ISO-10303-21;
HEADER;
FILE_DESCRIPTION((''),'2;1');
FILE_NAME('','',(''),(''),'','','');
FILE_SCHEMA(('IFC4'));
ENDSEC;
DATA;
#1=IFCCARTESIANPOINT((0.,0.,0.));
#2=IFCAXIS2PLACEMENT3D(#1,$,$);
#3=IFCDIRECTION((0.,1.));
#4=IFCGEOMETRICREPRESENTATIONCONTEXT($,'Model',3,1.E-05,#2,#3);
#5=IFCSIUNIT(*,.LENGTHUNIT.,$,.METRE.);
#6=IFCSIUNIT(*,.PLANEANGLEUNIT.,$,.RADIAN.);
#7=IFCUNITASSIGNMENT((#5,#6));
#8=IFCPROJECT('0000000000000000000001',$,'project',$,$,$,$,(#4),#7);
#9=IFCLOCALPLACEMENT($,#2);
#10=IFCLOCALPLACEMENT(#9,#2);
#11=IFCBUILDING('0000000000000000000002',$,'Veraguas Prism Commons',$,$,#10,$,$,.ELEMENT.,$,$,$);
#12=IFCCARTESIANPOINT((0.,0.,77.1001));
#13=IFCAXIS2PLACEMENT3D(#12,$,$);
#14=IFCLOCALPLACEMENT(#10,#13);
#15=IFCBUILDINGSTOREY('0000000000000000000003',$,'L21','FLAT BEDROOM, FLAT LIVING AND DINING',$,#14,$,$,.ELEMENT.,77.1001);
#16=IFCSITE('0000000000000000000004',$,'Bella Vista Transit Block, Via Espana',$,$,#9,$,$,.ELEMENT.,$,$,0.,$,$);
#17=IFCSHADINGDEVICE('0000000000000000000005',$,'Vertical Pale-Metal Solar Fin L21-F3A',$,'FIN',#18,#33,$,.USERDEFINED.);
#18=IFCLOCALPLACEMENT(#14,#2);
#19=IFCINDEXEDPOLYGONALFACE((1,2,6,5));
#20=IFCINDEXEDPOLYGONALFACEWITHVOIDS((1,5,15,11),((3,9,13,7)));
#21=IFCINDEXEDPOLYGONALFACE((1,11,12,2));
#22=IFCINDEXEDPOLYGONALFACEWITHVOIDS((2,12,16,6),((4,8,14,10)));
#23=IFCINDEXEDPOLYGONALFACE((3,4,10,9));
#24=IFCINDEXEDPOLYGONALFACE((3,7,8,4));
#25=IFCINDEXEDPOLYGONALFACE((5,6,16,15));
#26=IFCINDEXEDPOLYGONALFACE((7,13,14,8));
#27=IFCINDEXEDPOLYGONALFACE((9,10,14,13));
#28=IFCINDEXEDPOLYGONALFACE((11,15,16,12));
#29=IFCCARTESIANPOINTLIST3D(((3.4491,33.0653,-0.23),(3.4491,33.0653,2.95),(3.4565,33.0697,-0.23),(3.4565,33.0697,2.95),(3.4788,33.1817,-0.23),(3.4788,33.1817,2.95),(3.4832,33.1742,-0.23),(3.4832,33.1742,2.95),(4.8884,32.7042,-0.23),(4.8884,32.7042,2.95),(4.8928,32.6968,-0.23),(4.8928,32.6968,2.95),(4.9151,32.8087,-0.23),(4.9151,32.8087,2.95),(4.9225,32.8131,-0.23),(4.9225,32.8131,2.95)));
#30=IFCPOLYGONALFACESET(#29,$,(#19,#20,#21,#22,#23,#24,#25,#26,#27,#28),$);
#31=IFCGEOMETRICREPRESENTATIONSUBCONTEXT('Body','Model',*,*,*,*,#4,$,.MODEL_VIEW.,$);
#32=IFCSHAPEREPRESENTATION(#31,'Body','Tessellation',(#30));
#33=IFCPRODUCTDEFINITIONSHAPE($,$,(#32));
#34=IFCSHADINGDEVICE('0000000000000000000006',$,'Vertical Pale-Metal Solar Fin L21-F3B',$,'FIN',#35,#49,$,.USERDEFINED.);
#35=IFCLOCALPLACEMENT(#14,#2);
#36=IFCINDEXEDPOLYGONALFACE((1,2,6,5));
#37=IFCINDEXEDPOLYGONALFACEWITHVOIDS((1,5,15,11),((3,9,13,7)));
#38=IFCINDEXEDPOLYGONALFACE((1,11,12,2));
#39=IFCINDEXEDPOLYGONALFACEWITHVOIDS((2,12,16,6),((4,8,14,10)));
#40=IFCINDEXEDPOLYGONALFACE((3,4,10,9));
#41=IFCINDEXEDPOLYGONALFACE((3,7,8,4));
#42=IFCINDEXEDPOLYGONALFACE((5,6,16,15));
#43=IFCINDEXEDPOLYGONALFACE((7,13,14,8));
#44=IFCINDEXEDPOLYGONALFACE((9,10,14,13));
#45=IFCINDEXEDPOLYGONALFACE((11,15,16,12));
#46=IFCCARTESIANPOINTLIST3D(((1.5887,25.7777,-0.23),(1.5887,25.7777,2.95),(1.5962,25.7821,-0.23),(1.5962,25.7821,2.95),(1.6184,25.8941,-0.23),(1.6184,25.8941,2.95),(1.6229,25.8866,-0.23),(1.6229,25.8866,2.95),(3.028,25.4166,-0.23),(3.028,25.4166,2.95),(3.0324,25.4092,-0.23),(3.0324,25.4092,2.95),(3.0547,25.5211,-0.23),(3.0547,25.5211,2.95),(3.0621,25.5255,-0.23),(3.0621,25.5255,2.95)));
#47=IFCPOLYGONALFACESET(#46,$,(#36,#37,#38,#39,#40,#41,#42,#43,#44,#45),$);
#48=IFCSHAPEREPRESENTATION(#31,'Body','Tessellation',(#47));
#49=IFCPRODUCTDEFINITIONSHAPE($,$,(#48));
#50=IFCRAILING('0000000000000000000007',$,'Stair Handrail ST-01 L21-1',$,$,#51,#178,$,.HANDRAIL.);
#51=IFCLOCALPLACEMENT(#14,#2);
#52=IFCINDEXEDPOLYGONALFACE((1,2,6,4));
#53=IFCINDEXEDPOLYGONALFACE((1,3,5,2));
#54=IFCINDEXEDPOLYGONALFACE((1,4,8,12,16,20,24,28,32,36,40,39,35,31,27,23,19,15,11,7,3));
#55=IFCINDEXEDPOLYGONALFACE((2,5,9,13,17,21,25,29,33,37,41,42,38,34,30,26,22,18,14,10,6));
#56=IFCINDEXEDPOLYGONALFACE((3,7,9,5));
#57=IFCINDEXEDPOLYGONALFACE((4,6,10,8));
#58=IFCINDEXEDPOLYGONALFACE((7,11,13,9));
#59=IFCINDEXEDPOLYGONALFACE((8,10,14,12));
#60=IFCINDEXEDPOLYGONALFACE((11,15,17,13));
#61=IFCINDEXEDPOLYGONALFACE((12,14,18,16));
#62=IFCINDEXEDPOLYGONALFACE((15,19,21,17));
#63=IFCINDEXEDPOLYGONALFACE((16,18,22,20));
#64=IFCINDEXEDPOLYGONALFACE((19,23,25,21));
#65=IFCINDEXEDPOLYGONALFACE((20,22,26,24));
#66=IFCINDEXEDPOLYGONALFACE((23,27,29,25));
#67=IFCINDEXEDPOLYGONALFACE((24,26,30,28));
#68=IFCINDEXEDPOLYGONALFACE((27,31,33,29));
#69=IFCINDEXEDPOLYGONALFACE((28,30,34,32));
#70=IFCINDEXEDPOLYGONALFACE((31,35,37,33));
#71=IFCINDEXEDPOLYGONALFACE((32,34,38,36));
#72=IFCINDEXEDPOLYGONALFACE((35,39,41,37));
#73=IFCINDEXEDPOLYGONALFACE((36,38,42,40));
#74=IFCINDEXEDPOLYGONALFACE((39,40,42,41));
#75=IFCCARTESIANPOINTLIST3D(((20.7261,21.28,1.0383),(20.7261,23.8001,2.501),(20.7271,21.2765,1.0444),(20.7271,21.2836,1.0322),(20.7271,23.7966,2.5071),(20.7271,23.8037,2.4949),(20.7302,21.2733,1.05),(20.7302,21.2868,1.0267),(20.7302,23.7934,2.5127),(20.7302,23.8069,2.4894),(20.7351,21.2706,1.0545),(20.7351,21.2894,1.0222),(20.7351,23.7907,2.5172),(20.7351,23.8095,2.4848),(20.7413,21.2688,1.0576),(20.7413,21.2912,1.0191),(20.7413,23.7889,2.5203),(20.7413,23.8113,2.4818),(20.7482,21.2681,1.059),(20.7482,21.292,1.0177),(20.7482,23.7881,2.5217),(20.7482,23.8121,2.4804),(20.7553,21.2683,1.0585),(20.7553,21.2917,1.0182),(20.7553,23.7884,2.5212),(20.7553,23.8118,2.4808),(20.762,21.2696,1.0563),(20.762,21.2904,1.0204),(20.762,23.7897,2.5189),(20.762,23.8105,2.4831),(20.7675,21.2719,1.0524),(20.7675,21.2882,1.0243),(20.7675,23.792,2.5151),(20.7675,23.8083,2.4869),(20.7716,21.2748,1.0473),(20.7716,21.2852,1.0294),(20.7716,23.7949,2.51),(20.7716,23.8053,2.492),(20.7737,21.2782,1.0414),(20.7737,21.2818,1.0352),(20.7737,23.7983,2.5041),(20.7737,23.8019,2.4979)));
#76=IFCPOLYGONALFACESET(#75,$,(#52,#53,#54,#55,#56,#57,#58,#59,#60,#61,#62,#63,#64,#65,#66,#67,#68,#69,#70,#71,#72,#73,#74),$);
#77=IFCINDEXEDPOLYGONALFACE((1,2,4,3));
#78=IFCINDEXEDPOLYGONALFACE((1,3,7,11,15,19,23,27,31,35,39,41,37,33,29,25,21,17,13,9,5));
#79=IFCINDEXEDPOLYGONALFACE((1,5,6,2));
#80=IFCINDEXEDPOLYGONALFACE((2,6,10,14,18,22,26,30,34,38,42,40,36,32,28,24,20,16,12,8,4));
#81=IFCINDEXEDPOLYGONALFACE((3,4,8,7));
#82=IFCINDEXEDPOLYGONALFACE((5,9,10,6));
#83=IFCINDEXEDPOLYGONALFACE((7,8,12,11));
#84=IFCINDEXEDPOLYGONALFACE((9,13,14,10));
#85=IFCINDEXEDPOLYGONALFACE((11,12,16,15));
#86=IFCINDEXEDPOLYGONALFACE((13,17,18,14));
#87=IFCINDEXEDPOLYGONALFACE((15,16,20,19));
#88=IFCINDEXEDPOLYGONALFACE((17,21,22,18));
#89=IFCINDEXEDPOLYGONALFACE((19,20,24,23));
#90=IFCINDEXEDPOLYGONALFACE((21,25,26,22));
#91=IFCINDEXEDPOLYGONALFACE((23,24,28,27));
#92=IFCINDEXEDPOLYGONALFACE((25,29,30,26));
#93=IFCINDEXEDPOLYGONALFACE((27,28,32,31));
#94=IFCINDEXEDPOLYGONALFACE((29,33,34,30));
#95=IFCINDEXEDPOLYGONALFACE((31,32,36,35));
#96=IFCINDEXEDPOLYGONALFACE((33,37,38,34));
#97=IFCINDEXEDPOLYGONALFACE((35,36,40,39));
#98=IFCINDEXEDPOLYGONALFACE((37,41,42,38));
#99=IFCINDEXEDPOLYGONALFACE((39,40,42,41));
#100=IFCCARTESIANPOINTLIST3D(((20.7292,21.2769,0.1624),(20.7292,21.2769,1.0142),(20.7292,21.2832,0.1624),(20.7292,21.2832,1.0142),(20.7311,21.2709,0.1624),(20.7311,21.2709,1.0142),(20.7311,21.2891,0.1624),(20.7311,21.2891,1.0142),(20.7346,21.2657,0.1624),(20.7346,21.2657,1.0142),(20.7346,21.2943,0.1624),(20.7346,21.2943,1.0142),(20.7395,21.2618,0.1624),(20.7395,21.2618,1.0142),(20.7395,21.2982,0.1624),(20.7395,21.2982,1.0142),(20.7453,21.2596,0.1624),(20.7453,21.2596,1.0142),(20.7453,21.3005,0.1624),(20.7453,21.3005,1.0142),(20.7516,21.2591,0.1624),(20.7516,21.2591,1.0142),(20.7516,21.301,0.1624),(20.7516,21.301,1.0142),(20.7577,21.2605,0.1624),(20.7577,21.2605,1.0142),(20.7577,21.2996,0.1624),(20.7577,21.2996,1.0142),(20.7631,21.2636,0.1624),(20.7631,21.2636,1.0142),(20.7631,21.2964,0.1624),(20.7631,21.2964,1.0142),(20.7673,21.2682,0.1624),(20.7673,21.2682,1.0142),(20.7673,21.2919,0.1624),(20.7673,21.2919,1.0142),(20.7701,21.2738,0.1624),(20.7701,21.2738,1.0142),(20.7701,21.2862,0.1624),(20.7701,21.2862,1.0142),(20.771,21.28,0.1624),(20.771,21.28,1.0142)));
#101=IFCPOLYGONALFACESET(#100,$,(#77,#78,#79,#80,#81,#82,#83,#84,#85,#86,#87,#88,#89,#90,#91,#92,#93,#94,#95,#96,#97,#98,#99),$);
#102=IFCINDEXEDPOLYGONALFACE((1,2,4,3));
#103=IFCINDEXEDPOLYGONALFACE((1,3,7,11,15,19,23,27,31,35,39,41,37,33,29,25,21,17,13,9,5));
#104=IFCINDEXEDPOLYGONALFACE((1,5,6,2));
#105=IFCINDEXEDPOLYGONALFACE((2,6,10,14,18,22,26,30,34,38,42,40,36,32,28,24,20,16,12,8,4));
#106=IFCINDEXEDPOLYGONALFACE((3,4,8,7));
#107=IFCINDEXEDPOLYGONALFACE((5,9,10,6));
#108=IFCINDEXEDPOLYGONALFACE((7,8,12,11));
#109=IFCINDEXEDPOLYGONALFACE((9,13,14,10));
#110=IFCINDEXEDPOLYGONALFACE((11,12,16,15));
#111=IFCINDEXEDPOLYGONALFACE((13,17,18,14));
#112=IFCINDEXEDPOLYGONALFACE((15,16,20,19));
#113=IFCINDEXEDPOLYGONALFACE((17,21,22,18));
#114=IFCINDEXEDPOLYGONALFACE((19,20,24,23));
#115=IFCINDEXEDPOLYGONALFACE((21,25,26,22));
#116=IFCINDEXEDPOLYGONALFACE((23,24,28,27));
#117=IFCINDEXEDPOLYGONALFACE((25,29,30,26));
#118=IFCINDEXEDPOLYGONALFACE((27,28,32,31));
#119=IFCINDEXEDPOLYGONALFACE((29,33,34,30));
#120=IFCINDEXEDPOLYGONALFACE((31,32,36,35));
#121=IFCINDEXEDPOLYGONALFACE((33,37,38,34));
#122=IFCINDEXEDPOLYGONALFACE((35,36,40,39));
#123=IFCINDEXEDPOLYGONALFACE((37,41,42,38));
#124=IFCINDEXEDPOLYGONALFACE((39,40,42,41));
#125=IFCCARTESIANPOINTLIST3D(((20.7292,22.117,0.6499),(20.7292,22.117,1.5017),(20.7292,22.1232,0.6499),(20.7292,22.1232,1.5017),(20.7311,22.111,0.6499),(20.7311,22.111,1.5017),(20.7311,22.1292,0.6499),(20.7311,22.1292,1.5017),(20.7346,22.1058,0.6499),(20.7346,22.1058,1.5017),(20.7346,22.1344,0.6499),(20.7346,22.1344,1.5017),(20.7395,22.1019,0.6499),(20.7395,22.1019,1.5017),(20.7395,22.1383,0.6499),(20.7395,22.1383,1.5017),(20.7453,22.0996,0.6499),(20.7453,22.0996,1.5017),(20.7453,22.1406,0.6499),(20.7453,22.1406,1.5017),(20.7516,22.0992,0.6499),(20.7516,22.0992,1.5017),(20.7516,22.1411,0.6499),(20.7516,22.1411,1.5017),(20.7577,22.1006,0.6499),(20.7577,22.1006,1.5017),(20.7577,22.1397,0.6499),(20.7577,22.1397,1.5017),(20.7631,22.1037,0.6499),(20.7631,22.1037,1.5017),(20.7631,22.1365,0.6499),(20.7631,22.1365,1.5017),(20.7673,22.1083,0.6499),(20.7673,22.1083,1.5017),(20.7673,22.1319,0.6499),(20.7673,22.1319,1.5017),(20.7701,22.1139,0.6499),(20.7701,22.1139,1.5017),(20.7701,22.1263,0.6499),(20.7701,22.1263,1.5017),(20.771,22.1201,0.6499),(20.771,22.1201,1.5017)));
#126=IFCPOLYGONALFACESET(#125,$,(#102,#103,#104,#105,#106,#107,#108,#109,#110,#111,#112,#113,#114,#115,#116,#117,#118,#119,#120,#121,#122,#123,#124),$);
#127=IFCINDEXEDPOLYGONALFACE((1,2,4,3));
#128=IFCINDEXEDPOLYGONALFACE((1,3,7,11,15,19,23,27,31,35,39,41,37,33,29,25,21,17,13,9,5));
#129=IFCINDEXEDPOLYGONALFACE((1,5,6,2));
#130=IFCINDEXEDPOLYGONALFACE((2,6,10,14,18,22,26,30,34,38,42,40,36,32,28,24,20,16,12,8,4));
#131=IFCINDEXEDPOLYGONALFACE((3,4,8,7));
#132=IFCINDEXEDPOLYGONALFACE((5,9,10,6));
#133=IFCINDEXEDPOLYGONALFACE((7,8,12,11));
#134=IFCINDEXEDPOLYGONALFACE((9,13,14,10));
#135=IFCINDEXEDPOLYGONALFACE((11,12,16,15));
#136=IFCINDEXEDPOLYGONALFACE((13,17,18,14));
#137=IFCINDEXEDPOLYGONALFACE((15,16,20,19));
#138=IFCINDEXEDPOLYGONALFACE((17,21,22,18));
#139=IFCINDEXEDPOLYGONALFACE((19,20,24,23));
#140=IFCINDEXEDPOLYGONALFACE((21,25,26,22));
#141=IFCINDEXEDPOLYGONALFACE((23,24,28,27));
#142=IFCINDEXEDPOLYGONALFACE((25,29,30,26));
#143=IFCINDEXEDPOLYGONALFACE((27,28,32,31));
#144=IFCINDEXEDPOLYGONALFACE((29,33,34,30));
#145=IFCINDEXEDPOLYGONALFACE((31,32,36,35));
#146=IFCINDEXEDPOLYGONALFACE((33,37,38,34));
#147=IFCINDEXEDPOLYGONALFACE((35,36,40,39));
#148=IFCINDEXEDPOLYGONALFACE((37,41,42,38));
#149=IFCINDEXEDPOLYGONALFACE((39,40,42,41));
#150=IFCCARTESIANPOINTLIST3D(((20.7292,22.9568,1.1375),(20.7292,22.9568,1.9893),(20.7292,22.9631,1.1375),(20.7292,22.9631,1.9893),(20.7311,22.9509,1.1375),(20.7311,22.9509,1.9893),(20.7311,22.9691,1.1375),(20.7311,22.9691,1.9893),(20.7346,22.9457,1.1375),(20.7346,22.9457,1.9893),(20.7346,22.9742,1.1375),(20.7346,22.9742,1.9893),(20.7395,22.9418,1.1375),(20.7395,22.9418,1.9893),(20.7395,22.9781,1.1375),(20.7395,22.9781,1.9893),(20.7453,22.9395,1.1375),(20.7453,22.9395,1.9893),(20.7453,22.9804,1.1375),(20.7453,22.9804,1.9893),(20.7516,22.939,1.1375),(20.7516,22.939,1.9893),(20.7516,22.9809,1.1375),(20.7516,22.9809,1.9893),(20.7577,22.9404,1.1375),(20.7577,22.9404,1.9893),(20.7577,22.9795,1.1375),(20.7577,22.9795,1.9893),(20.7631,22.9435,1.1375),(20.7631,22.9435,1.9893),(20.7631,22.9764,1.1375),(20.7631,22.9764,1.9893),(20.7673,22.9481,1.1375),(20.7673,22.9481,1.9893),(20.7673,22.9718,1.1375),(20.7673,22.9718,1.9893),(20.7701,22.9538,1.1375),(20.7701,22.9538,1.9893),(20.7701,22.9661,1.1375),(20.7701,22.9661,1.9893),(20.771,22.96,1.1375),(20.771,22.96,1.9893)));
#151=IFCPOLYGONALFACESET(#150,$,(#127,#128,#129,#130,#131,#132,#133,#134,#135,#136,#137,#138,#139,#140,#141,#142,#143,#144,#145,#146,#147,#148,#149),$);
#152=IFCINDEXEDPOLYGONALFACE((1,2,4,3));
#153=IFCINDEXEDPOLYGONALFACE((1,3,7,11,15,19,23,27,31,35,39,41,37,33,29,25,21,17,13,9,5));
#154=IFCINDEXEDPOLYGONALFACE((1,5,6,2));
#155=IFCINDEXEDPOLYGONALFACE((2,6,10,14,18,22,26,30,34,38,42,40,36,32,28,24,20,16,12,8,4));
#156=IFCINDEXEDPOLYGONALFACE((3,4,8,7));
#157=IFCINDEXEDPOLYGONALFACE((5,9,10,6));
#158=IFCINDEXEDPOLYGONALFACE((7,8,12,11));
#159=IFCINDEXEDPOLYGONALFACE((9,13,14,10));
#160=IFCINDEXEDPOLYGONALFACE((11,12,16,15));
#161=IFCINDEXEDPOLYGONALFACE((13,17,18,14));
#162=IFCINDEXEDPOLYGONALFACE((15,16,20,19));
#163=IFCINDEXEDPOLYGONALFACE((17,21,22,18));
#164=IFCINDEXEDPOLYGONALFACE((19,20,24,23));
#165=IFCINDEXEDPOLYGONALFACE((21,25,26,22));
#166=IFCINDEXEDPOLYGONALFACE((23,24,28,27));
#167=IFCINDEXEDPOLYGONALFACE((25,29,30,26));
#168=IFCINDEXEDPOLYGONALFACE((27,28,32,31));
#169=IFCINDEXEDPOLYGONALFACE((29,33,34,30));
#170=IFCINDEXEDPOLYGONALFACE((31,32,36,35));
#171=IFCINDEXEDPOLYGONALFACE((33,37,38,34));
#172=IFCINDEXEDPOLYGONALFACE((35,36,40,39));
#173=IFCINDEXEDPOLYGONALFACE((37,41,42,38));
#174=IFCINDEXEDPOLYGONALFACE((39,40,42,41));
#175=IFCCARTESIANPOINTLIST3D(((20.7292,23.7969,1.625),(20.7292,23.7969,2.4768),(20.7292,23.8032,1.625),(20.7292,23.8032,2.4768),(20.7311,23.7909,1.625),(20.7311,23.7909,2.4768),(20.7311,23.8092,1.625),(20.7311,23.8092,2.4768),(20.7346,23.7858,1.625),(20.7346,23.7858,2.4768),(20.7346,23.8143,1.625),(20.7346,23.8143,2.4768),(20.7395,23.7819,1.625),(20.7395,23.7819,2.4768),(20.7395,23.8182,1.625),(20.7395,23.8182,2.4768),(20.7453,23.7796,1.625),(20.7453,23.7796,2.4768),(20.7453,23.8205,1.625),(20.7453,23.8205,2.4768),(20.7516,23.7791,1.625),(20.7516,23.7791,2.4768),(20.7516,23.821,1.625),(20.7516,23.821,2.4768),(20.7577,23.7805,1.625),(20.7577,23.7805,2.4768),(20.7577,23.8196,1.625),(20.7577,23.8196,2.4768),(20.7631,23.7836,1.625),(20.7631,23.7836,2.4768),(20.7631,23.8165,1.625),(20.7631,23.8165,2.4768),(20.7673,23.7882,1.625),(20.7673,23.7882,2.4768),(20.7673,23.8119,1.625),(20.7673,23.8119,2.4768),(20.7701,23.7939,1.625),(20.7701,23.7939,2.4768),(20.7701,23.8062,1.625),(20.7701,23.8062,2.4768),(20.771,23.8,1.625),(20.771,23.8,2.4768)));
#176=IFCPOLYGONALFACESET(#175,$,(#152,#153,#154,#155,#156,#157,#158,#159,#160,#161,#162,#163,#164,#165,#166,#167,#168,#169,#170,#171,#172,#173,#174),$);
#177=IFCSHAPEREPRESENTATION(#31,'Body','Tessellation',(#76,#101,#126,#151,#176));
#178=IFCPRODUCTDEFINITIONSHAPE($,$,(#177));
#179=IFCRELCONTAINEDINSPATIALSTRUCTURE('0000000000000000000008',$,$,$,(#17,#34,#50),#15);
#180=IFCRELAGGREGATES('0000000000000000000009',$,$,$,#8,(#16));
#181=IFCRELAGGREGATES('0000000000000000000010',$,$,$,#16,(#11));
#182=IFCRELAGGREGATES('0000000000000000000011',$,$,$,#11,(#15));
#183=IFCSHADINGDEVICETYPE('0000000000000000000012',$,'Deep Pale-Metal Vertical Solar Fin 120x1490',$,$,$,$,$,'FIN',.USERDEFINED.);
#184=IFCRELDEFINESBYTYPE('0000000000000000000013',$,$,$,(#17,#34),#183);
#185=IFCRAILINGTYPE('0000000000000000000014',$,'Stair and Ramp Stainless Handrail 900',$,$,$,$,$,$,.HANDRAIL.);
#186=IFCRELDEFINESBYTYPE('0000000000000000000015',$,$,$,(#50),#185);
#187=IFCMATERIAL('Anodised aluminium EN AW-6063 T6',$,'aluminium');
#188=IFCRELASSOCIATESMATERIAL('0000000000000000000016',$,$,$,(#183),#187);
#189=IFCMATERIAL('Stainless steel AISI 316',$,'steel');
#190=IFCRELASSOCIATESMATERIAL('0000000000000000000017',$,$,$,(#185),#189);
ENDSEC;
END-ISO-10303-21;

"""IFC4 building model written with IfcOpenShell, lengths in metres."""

from ifc_helpers import new_model, si_unit, direction, frame, origin, origin_2d, place, context, subcontext, project, spatial, hollow_rectangle, circle, extrude, material, material_profile, profile_set, type_object, element, save


model = new_model("IFC4")

# Units and contexts
model_context = context("Model", 3, precision=1e-05, world=origin(), true_north=direction((0.0, 1.0)))
body_context = subcontext(model_context, "Body", "Model", "MODEL_VIEW")
ifc_project = project(units=[si_unit("LENGTHUNIT", "METRE"), si_unit("PLANEANGLEUNIT", "RADIAN")], contexts=[model_context])

# Site, building, storey
site_placement = place(None, origin())
site = spatial("IfcSite", under=ifc_project, at=site_placement, Name="Bella Vista Transit Block, Via Espana", CompositionType="ELEMENT", RefElevation=0.0)
building_placement = place(site_placement, origin())
building = spatial("IfcBuilding", under=site, at=building_placement, Name="Veraguas Prism Commons", CompositionType="ELEMENT")
storey_placement = place(building_placement, frame((0.0, 0.0, 77.1001)))
storey = spatial("IfcBuildingStorey", under=building, at=storey_placement, Name="L21", Description="FLAT BEDROOM, FLAT LIVING AND DINING", CompositionType="ELEMENT", Elevation=77.1001)

# Shared definitions
ifc_material_1 = material(Name="Anodised aluminium EN AW-6063 T6", Category="aluminium")

# Shading devices
ifc_material_profile_1 = material_profile(ifc_material_1, hollow_rectangle(XDim=0.1201, YDim=1.49, WallThickness=0.0061, at=origin_2d()), Name="FIN120X1490X6")
ifc_profile_set_1 = profile_set([ifc_material_profile_1], Name="Anodised aluminium EN AW-6063 T6")
shading_device_type = type_object("IfcShadingDeviceType", Name="Deep Pale-Metal Vertical Solar Fin 120x1490", ElementType="FIN", PredefinedType="USERDEFINED", material=ifc_profile_set_1)
for number, where, z_axis, x_axis, name in (
    (1, (4.1858, 32.9392, -0.23), (0.0, 0.0, 1.0), (-0.247337, -0.968929, 0.0), "Vertical Pale-Metal Solar Fin L21-F3A"),
    (2, (2.3254, 25.6516, -0.23), (0.0, 0.0, 1.0), (-0.247337, -0.968929, 0.0), "Vertical Pale-Metal Solar Fin L21-F3B"),
):
    element("IfcShadingDevice", number, at=place(storey_placement, frame(where, z_axis=z_axis, x_axis=x_axis)), inside=storey, type_object=shading_device_type, Name=name, ObjectType="FIN", PredefinedType="USERDEFINED", context=body_context, shape_type="SweptSolid", body=[
        extrude(hollow_rectangle(XDim=0.1201, YDim=1.49, WallThickness=0.0061, at=origin_2d()), origin(), (0.0, 0.0, 1.0), 3.1799),
    ])

# Railing
ifc_material_2 = material(Name="Stainless steel AISI 316", Category="steel")
railing_type_1 = type_object("IfcRailingType", Name="Stair and Ramp Stainless Handrail 900", PredefinedType="HANDRAIL", material=ifc_material_2)
railing_1_placement = place(storey_placement, frame((20.75, 21.28, 0.1624)))
element("IfcRailing", 3, at=railing_1_placement, inside=storey, type_object=railing_type_1, Name="Stair Handrail ST-01 L21-1", PredefinedType="HANDRAIL", context=body_context, shape_type="SweptSolid", body=[
    extrude(circle(Radius=0.0239, at=origin_2d()), frame((0.0, 0.0, 0.876), z_axis=(0.0, 0.864877, 0.501984), x_axis=(-1.0, 0.0, 0.0)), (0.0, 0.0, 1.0), 2.9138),
    extrude(circle(Radius=0.021, at=origin_2d()), origin(), (0.0, 0.0, 1.0), 0.8518),
    extrude(circle(Radius=0.021, at=origin_2d()), frame((0.0, 0.8401, 0.4875)), (0.0, 0.0, 1.0), 0.8518),
    extrude(circle(Radius=0.021, at=origin_2d()), frame((0.0, 1.6799, 0.9751)), (0.0, 0.0, 1.0), 0.8518),
    extrude(circle(Radius=0.021, at=origin_2d()), frame((0.0, 2.52, 1.4626)), (0.0, 0.0, 1.0), 0.8518),
])

save(model, "model.ifc")
